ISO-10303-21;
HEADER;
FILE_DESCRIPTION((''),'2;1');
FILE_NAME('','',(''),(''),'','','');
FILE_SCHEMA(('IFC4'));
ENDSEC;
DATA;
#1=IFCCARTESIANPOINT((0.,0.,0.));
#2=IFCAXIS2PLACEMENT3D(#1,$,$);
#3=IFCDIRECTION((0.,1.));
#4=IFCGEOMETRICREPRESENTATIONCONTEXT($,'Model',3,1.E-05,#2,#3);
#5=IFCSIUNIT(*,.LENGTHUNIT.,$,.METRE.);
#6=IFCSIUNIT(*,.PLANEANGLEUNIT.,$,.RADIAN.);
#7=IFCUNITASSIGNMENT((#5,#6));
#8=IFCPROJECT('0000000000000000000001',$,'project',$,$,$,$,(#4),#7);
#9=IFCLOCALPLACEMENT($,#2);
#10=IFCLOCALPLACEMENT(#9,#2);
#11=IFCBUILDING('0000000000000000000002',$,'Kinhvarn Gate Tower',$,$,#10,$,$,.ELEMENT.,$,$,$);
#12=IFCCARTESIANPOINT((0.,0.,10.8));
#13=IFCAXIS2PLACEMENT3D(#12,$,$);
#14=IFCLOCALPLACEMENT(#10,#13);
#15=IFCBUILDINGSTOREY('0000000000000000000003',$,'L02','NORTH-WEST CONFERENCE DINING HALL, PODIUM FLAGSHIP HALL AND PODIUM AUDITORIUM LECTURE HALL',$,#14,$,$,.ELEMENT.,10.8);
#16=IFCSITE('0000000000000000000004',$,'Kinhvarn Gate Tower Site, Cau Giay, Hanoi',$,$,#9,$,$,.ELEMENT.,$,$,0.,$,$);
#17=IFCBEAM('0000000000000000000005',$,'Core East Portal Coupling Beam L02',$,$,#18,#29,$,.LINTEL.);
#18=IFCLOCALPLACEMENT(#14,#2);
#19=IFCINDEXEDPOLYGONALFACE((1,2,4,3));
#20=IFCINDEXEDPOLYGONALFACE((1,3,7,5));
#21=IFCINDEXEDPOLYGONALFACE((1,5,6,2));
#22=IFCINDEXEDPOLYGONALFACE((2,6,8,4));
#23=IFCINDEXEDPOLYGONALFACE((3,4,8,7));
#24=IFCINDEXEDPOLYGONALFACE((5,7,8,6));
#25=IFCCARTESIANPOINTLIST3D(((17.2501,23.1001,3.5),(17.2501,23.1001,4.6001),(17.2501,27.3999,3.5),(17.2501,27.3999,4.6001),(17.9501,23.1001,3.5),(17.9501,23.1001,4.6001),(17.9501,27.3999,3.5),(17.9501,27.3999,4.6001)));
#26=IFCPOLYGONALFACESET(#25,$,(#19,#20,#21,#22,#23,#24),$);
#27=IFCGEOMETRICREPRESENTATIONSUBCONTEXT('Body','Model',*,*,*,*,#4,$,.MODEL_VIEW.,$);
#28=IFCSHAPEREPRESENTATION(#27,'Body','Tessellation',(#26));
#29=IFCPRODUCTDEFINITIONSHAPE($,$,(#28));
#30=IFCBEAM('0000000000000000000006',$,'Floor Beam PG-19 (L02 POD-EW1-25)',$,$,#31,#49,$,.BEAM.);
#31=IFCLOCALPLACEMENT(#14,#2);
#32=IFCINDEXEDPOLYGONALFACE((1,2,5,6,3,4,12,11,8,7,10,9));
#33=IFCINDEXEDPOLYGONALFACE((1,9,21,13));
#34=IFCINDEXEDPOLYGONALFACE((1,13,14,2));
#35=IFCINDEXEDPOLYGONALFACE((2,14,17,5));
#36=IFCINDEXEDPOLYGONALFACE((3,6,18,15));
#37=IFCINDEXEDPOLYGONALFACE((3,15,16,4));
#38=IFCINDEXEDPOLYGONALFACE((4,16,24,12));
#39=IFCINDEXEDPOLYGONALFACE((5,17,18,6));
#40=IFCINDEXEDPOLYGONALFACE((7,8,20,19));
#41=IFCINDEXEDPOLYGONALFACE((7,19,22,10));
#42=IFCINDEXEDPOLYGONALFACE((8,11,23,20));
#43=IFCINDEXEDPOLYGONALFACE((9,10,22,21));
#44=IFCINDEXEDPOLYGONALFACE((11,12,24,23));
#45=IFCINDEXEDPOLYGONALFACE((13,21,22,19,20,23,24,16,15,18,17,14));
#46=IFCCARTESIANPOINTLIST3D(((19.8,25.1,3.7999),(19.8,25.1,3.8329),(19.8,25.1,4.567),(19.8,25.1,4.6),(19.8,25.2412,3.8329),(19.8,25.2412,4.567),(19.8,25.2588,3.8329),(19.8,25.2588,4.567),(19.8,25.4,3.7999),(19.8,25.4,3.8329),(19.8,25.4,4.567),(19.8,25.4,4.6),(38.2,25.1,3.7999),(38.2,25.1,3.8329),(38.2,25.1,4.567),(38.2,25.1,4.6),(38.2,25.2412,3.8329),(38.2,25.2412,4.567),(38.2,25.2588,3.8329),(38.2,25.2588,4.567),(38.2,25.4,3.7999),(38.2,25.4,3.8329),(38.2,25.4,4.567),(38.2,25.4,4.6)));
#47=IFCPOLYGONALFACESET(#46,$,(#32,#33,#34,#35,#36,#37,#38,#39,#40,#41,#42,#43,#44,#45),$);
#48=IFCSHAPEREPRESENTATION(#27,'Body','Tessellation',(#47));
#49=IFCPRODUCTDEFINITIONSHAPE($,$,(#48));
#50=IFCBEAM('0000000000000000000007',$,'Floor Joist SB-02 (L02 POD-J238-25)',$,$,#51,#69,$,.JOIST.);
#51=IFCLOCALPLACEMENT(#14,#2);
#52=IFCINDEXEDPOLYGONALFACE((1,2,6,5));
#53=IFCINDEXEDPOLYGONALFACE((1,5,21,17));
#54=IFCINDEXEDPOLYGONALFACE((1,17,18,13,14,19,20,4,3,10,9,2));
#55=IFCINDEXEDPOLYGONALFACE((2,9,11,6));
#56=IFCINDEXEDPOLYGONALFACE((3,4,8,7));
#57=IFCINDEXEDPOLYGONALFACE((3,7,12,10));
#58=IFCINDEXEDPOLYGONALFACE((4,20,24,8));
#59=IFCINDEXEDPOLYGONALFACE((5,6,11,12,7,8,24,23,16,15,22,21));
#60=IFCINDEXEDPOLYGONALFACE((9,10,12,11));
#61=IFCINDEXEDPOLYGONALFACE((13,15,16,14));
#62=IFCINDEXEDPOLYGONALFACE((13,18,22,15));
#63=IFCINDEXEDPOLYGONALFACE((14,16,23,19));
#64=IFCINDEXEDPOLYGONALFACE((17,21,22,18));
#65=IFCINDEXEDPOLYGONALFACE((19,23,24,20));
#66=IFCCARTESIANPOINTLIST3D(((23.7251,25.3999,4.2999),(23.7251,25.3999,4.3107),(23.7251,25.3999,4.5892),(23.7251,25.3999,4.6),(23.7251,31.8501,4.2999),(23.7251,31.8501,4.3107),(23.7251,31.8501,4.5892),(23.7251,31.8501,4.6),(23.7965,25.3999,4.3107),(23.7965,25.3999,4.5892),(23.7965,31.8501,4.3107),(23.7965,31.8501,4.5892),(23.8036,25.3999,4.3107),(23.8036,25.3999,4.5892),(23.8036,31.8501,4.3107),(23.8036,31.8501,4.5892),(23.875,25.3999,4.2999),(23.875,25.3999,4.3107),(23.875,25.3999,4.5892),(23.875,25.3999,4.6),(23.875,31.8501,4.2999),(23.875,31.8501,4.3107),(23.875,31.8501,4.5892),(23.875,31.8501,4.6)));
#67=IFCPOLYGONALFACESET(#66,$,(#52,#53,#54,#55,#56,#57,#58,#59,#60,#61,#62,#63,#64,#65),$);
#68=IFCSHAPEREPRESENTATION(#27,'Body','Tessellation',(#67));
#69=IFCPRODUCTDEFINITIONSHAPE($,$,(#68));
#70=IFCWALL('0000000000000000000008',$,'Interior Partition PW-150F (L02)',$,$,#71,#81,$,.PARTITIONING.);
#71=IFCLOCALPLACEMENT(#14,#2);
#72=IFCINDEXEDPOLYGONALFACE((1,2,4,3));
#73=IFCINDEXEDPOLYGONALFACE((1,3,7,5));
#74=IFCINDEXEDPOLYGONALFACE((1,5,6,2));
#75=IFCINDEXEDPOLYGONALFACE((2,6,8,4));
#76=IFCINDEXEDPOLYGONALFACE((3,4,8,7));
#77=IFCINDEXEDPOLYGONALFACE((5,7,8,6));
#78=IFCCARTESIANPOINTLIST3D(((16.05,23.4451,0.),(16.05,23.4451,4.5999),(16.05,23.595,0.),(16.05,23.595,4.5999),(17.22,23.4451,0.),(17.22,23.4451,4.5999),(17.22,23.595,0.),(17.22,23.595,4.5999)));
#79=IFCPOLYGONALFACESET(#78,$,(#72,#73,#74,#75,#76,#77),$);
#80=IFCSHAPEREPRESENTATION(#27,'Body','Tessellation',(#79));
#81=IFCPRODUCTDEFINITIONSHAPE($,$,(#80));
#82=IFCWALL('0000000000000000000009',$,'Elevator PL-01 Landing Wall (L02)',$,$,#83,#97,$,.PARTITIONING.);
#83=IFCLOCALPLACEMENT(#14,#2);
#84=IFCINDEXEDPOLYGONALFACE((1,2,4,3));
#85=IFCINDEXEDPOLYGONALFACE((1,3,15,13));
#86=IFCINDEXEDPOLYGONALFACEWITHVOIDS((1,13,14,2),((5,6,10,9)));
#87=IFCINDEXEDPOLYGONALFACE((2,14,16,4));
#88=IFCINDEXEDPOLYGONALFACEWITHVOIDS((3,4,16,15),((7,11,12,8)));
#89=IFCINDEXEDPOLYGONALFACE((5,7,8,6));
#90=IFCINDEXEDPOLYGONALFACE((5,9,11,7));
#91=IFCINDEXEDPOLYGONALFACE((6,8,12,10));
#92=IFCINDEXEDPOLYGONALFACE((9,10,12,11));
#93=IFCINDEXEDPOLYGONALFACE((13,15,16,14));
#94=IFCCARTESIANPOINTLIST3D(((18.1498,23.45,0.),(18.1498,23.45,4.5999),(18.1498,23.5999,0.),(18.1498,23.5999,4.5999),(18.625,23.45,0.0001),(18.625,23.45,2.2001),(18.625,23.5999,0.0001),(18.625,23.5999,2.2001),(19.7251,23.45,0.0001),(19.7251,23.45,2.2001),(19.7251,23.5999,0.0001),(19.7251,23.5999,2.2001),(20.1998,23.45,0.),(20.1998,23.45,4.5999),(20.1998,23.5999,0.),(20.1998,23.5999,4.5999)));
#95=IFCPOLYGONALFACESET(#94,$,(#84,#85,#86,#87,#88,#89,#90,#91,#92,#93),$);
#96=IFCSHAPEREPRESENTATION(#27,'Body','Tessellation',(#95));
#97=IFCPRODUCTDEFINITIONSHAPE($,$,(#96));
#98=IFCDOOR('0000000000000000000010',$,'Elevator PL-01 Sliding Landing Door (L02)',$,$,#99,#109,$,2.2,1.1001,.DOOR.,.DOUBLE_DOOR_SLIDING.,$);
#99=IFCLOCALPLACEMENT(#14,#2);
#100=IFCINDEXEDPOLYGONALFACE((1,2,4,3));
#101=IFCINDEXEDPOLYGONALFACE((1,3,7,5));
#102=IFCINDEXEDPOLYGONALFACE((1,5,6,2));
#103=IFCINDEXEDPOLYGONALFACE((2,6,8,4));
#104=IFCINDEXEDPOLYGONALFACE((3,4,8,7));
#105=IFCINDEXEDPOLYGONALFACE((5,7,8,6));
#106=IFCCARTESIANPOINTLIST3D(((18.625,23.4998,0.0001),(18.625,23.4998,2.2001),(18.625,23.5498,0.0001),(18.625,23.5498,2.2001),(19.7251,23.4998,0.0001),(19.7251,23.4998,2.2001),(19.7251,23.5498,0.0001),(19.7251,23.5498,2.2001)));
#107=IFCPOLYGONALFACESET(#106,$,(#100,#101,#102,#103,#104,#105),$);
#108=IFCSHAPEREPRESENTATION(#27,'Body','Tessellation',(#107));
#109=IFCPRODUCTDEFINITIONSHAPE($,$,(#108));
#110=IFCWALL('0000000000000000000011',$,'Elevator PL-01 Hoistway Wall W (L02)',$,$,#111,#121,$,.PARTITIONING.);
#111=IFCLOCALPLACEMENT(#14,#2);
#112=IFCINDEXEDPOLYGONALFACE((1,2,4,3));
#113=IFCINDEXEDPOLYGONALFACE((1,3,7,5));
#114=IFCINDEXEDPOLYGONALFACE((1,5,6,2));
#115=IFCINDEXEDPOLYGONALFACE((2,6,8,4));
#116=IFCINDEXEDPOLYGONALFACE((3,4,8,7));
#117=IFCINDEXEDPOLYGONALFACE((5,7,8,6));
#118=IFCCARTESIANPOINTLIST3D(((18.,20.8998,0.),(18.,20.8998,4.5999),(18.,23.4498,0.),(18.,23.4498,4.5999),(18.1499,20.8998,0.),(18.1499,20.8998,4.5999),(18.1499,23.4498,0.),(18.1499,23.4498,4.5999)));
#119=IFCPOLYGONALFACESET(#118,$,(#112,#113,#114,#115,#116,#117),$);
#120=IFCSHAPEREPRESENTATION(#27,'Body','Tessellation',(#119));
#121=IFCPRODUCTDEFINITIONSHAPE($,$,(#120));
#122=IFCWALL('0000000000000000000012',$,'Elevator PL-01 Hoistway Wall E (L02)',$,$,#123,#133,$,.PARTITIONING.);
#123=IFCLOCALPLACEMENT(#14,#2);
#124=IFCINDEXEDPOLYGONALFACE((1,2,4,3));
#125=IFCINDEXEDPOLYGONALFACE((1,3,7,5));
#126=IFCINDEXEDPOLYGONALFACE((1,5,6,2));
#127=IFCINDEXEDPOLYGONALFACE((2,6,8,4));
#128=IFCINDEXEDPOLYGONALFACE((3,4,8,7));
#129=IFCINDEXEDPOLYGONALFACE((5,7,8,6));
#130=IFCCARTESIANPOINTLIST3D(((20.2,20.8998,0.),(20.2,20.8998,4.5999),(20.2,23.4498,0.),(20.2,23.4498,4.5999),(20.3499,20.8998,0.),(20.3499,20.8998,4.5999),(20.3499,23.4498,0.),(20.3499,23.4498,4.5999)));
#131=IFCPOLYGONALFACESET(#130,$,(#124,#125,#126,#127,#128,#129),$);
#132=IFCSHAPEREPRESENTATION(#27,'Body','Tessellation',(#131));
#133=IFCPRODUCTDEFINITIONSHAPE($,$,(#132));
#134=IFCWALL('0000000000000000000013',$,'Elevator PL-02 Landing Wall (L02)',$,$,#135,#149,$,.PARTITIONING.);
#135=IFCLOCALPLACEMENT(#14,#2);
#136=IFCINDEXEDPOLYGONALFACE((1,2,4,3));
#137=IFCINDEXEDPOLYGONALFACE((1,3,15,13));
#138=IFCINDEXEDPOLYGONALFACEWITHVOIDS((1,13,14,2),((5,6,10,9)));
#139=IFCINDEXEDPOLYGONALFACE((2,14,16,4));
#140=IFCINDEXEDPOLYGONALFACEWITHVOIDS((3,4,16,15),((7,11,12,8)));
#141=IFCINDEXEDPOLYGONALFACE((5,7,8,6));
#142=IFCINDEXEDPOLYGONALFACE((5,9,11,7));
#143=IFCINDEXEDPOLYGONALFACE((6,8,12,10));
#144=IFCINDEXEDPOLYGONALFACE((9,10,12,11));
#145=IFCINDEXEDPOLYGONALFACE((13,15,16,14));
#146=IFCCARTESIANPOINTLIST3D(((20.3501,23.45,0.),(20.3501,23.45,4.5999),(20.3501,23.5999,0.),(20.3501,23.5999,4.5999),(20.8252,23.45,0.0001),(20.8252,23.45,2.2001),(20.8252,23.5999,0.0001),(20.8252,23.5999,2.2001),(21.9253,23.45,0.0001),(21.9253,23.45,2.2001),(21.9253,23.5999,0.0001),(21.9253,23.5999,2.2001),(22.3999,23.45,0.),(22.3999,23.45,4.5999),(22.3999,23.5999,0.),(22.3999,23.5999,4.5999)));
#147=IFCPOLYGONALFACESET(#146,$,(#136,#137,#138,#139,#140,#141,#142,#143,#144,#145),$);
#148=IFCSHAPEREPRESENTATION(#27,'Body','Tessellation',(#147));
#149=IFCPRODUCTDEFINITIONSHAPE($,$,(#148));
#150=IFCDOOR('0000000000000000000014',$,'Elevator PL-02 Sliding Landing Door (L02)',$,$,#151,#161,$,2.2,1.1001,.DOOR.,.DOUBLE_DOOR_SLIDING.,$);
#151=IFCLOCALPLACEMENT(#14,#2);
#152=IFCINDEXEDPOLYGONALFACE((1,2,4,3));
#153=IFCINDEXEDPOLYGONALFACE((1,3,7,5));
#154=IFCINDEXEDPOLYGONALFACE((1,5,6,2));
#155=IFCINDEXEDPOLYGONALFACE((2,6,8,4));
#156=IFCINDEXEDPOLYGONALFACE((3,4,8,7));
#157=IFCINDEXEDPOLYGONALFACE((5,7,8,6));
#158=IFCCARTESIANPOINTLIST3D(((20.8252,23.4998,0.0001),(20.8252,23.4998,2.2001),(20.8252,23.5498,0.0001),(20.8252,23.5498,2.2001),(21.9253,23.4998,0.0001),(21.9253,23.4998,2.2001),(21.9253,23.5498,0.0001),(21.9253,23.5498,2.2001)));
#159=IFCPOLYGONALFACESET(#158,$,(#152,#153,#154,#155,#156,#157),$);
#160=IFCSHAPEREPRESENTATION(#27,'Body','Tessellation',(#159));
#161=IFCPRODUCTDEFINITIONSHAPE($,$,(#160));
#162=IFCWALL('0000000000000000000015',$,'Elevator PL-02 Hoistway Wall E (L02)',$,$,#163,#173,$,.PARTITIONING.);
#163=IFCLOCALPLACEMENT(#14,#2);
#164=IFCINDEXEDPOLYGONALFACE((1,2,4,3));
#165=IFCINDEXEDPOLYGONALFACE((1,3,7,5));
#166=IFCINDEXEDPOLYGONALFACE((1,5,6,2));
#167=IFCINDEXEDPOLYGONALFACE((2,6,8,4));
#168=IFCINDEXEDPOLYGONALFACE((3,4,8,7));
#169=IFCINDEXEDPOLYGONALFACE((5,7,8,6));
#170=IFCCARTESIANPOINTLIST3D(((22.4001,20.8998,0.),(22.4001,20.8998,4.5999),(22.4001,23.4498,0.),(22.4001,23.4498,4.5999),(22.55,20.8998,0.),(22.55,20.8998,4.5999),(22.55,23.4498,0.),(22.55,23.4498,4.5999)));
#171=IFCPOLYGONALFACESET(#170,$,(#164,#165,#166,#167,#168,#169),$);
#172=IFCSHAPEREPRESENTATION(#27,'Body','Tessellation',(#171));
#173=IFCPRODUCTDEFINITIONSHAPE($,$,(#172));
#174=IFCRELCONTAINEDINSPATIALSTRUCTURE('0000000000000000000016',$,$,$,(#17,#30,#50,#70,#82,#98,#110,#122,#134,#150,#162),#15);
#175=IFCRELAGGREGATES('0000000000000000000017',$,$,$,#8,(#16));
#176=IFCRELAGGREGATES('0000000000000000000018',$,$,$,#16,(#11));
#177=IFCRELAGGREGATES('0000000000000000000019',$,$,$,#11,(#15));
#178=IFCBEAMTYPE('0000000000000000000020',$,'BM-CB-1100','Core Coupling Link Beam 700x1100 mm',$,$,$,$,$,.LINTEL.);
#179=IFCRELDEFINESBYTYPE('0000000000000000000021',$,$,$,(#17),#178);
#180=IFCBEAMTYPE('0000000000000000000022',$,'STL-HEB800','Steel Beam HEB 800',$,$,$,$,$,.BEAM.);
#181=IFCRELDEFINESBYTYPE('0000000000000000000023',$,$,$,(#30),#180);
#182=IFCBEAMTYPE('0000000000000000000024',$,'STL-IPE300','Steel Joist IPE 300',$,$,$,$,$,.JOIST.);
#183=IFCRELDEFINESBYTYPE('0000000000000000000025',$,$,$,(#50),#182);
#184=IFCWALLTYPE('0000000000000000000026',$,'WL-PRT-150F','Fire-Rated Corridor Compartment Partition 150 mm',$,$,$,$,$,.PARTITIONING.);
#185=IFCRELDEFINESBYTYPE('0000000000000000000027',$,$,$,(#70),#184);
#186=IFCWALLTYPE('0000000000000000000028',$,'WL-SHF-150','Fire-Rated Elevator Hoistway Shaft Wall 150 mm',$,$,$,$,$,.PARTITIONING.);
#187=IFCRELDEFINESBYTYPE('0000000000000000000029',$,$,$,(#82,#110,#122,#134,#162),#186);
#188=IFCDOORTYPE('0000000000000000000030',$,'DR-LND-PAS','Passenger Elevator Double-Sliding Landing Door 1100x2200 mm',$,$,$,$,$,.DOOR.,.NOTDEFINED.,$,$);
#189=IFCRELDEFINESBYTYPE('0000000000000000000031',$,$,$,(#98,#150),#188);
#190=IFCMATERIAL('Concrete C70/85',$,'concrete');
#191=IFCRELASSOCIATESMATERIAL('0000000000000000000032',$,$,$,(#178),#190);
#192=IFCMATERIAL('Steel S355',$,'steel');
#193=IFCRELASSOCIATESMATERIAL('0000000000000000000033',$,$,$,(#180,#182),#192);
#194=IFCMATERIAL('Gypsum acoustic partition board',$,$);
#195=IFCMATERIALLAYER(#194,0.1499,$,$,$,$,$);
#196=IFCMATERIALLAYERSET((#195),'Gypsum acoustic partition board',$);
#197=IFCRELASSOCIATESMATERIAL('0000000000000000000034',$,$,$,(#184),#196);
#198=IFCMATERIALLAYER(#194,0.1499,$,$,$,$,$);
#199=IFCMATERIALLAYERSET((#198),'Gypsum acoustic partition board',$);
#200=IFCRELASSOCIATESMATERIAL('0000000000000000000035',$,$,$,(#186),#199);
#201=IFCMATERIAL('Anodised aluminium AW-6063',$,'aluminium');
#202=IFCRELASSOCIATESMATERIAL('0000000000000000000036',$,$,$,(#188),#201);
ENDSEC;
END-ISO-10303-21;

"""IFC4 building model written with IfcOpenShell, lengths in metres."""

from ifc_helpers import new_model, si_unit, direction, frame, frame_2d, origin, origin_2d, place, context, subcontext, project, spatial, rectangle, i_section, extrude, material, layer, layer_set, material_profile, profile_set, type_object, element, fill, save


model = new_model("IFC4")

# Units and contexts
model_context = context("Model", 3, precision=1e-05, world=origin(), true_north=direction((0.0, 1.0)))
body_context = subcontext(model_context, "Body", "Model", "MODEL_VIEW")
ifc_project = project(units=[si_unit("LENGTHUNIT", "METRE"), si_unit("PLANEANGLEUNIT", "RADIAN")], contexts=[model_context])

# Site, building, storey
site_placement = place(None, origin())
site = spatial("IfcSite", under=ifc_project, at=site_placement, Name="Kinhvarn Gate Tower Site, Cau Giay, Hanoi", CompositionType="ELEMENT", RefElevation=0.0)
building_placement = place(site_placement, origin())
building = spatial("IfcBuilding", under=site, at=building_placement, Name="Kinhvarn Gate Tower", CompositionType="ELEMENT")
storey_placement = place(building_placement, frame((0.0, 0.0, 10.8)))
storey = spatial("IfcBuildingStorey", under=building, at=storey_placement, Name="L02", Description="NORTH-WEST CONFERENCE DINING HALL, PODIUM FLAGSHIP HALL AND PODIUM AUDITORIUM LECTURE HALL", CompositionType="ELEMENT", Elevation=10.8)

# Beams
ifc_material_1 = material(Name="Concrete C70/85", Category="concrete")
ifc_material_profile_1 = material_profile(ifc_material_1, rectangle(XDim=0.7, YDim=1.1001, at=origin_2d()), Name="RC 700x1100")
ifc_profile_set_1 = profile_set([ifc_material_profile_1], Name="Concrete C70/85")
beam_type_1 = type_object("IfcBeamType", Name="BM-CB-1100", Description="Core Coupling Link Beam 700x1100 mm", PredefinedType="LINTEL", material=ifc_profile_set_1)
beam_1_placement = place(storey_placement, frame((17.6001, 23.1001, 4.05), z_axis=(0.0, 1.0, 0.0), x_axis=(-1.0, 0.0, 0.0)))
element("IfcBeam", 1, at=beam_1_placement, inside=storey, type_object=beam_type_1, Name="Core East Portal Coupling Beam L02", PredefinedType="LINTEL", context=body_context, shape_type="SweptSolid", body=[
    extrude(rectangle(XDim=0.7, YDim=1.1001, at=origin_2d()), origin(), (0.0, 0.0, 1.0), 4.2998),
])
ifc_material_2 = material(Name="Steel S355", Category="steel")
ifc_material_profile_2 = material_profile(ifc_material_2, i_section(OverallWidth=0.3, OverallDepth=0.8, WebThickness=0.0176, FlangeThickness=0.033, at=origin_2d()), Name="HEB 800")
ifc_profile_set_2 = profile_set([ifc_material_profile_2], Name="Steel S355")
beam_type_2 = type_object("IfcBeamType", Name="STL-HEB800", Description="Steel Beam HEB 800", PredefinedType="BEAM", material=ifc_profile_set_2)
beam_2_placement = place(storey_placement, frame((19.8, 25.25, 4.2), z_axis=(1.0, 0.0, 0.0), x_axis=(0.0, 1.0, 0.0)))
element("IfcBeam", 2, at=beam_2_placement, inside=storey, type_object=beam_type_2, Name="Floor Beam PG-19 (L02 POD-EW1-25)", PredefinedType="BEAM", context=body_context, shape_type="SweptSolid", body=[
    extrude(i_section(OverallWidth=0.3, OverallDepth=0.8, WebThickness=0.0176, FlangeThickness=0.033, at=origin_2d()), origin(), (0.0, 0.0, 1.0), 18.3999),
])
ifc_material_profile_3 = material_profile(ifc_material_2, i_section(OverallWidth=0.1499, OverallDepth=0.3, WebThickness=0.0071, FlangeThickness=0.0107, at=origin_2d()), Name="IPE 300")
ifc_profile_set_3 = profile_set([ifc_material_profile_3], Name="Steel S355")
beam_type_3 = type_object("IfcBeamType", Name="STL-IPE300", Description="Steel Joist IPE 300", PredefinedType="JOIST", material=ifc_profile_set_3)
beam_3_placement = place(storey_placement, frame((23.8, 25.3999, 4.45), z_axis=(0.0, 1.0, 0.0), x_axis=(-1.0, 0.0, 0.0)))
element("IfcBeam", 3, at=beam_3_placement, inside=storey, type_object=beam_type_3, Name="Floor Joist SB-02 (L02 POD-J238-25)", PredefinedType="JOIST", context=body_context, shape_type="SweptSolid", body=[
    extrude(i_section(OverallWidth=0.1499, OverallDepth=0.3, WebThickness=0.0071, FlangeThickness=0.0107, at=origin_2d()), origin(), (0.0, 0.0, 1.0), 6.4502),
])

# Wall
ifc_material_3 = material(Name="Gypsum acoustic partition board")
ifc_layer_1 = layer(ifc_material_3, 0.1499)
ifc_layer_set_1 = layer_set([ifc_layer_1], Name="Gypsum acoustic partition board")
wall_type_1 = type_object("IfcWallType", Name="WL-PRT-150F", Description="Fire-Rated Corridor Compartment Partition 150 mm", PredefinedType="PARTITIONING", material=ifc_layer_set_1)
wall_1_placement = place(storey_placement, frame((16.05, 23.52, 0.0), z_axis=(0.0, 0.0, 1.0), x_axis=(1.0, 0.0, 0.0)))
element("IfcWall", 4, at=wall_1_placement, inside=storey, type_object=wall_type_1, Name="Interior Partition PW-150F (L02)", PredefinedType="PARTITIONING", context=body_context, shape_type="SweptSolid", body=[
    extrude(rectangle(XDim=1.1699, YDim=0.1499, at=frame_2d((0.585, 0.0))), origin(), (0.0, 0.0, 1.0), 4.5999),
])

# Wall, opening, door
ifc_layer_2 = layer(ifc_material_3, 0.1499)
ifc_layer_set_2 = layer_set([ifc_layer_2], Name="Gypsum acoustic partition board")
wall_type_2 = type_object("IfcWallType", Name="WL-SHF-150", Description="Fire-Rated Elevator Hoistway Shaft Wall 150 mm", PredefinedType="PARTITIONING", material=ifc_layer_set_2)
wall_2_placement = place(storey_placement, frame((18.1499, 23.5249, 0.0), z_axis=(0.0, 0.0, 1.0), x_axis=(1.0, 0.0, 0.0)))
wall_2 = element("IfcWall", 5, at=wall_2_placement, inside=storey, type_object=wall_type_2, Name="Elevator PL-01 Landing Wall (L02)", PredefinedType="PARTITIONING", context=body_context, shape_type="SweptSolid", body=[
    extrude(rectangle(XDim=2.05, YDim=0.1499, at=frame_2d((1.0249, 0.0))), origin(), (0.0, 0.0, 1.0), 4.5999),
])
opening_1_placement = place(wall_2_placement, frame((0.4751, 0.0, 0.0)))
opening_1 = element("IfcOpeningElement", 6, at=opening_1_placement, cuts=wall_2, PredefinedType="OPENING", context=body_context, shape_type="SweptSolid", body=[
    extrude(rectangle(XDim=1.1001, YDim=2.2, at=frame_2d((0.55, 1.1001))), frame((0.0, 0.085, 0.0), z_axis=(0.0, -1.0, 0.0), x_axis=(1.0, 0.0, 0.0)), (0.0, 0.0, 1.0), 0.1699),
])
ifc_material_4 = material(Name="Anodised aluminium AW-6063", Category="aluminium")
door_type_1 = type_object("IfcDoorType", Name="DR-LND-PAS", Description="Passenger Elevator Double-Sliding Landing Door 1100x2200 mm", OperationType="NOTDEFINED", PredefinedType="DOOR", material=ifc_material_4)
door_1_placement = place(opening_1_placement, origin())
door_1 = element("IfcDoor", 7, at=door_1_placement, inside=storey, type_object=door_type_1, Name="Elevator PL-01 Sliding Landing Door (L02)", OperationType="DOUBLE_DOOR_SLIDING", OverallHeight=2.2, OverallWidth=1.1001, PredefinedType="DOOR", context=body_context, shape_type="SweptSolid", body=[
    extrude(rectangle(XDim=1.1001, YDim=2.2, at=frame_2d((0.55, 1.1001))), frame((0.0, 0.0249, 0.0), z_axis=(0.0, -1.0, 0.0), x_axis=(1.0, 0.0, 0.0)), (0.0, 0.0, 1.0), 0.05),
])
fill(opening_1, door_1)

# Walls
for number, where, z_axis, x_axis, name in (
    (8, (18.075, 20.8999, 0.0), (0.0, 0.0, 1.0), (0.0, 1.0, 0.0), "Elevator PL-01 Hoistway Wall W (L02)"),
    (9, (20.2749, 20.8999, 0.0), (0.0, 0.0, 1.0), (0.0, 1.0, 0.0), "Elevator PL-01 Hoistway Wall E (L02)"),
):
    element("IfcWall", number, at=place(storey_placement, frame(where, z_axis=z_axis, x_axis=x_axis)), inside=storey, type_object=wall_type_2, Name=name, PredefinedType="PARTITIONING", context=body_context, shape_type="SweptSolid", body=[
        extrude(rectangle(XDim=2.55, YDim=0.1499, at=frame_2d((1.2749, 0.0))), origin(), (0.0, 0.0, 1.0), 4.5999),
    ])

# Wall, opening, door
wall_3_placement = place(storey_placement, frame((20.3501, 23.5249, 0.0), z_axis=(0.0, 0.0, 1.0), x_axis=(1.0, 0.0, 0.0)))
wall_3 = element("IfcWall", 10, at=wall_3_placement, inside=storey, type_object=wall_type_2, Name="Elevator PL-02 Landing Wall (L02)", PredefinedType="PARTITIONING", context=body_context, shape_type="SweptSolid", body=[
    extrude(rectangle(XDim=2.0498, YDim=0.1499, at=frame_2d((1.0249, 0.0))), origin(), (0.0, 0.0, 1.0), 4.5999),
])
opening_2_placement = place(wall_3_placement, frame((0.4751, 0.0, 0.0)))
opening_2 = element("IfcOpeningElement", 11, at=opening_2_placement, cuts=wall_3, PredefinedType="OPENING", context=body_context, shape_type="SweptSolid", body=[
    extrude(rectangle(XDim=1.1001, YDim=2.2, at=frame_2d((0.55, 1.1001))), frame((0.0, 0.085, 0.0), z_axis=(0.0, -1.0, 0.0), x_axis=(1.0, 0.0, 0.0)), (0.0, 0.0, 1.0), 0.1699),
])
door_2_placement = place(opening_2_placement, origin())
door_2 = element("IfcDoor", 12, at=door_2_placement, inside=storey, type_object=door_type_1, Name="Elevator PL-02 Sliding Landing Door (L02)", OperationType="DOUBLE_DOOR_SLIDING", OverallHeight=2.2, OverallWidth=1.1001, PredefinedType="DOOR", context=body_context, shape_type="SweptSolid", body=[
    extrude(rectangle(XDim=1.1001, YDim=2.2, at=frame_2d((0.55, 1.1001))), frame((0.0, 0.0249, 0.0), z_axis=(0.0, -1.0, 0.0), x_axis=(1.0, 0.0, 0.0)), (0.0, 0.0, 1.0), 0.05),
])
fill(opening_2, door_2)

# Wall
wall_4_placement = place(storey_placement, frame((22.4751, 20.8999, 0.0), z_axis=(0.0, 0.0, 1.0), x_axis=(0.0, 1.0, 0.0)))
element("IfcWall", 13, at=wall_4_placement, inside=storey, type_object=wall_type_2, Name="Elevator PL-02 Hoistway Wall E (L02)", PredefinedType="PARTITIONING", context=body_context, shape_type="SweptSolid", body=[
    extrude(rectangle(XDim=2.55, YDim=0.1499, at=frame_2d((1.2749, 0.0))), origin(), (0.0, 0.0, 1.0), 4.5999),
])

save(model, "model.ifc")
